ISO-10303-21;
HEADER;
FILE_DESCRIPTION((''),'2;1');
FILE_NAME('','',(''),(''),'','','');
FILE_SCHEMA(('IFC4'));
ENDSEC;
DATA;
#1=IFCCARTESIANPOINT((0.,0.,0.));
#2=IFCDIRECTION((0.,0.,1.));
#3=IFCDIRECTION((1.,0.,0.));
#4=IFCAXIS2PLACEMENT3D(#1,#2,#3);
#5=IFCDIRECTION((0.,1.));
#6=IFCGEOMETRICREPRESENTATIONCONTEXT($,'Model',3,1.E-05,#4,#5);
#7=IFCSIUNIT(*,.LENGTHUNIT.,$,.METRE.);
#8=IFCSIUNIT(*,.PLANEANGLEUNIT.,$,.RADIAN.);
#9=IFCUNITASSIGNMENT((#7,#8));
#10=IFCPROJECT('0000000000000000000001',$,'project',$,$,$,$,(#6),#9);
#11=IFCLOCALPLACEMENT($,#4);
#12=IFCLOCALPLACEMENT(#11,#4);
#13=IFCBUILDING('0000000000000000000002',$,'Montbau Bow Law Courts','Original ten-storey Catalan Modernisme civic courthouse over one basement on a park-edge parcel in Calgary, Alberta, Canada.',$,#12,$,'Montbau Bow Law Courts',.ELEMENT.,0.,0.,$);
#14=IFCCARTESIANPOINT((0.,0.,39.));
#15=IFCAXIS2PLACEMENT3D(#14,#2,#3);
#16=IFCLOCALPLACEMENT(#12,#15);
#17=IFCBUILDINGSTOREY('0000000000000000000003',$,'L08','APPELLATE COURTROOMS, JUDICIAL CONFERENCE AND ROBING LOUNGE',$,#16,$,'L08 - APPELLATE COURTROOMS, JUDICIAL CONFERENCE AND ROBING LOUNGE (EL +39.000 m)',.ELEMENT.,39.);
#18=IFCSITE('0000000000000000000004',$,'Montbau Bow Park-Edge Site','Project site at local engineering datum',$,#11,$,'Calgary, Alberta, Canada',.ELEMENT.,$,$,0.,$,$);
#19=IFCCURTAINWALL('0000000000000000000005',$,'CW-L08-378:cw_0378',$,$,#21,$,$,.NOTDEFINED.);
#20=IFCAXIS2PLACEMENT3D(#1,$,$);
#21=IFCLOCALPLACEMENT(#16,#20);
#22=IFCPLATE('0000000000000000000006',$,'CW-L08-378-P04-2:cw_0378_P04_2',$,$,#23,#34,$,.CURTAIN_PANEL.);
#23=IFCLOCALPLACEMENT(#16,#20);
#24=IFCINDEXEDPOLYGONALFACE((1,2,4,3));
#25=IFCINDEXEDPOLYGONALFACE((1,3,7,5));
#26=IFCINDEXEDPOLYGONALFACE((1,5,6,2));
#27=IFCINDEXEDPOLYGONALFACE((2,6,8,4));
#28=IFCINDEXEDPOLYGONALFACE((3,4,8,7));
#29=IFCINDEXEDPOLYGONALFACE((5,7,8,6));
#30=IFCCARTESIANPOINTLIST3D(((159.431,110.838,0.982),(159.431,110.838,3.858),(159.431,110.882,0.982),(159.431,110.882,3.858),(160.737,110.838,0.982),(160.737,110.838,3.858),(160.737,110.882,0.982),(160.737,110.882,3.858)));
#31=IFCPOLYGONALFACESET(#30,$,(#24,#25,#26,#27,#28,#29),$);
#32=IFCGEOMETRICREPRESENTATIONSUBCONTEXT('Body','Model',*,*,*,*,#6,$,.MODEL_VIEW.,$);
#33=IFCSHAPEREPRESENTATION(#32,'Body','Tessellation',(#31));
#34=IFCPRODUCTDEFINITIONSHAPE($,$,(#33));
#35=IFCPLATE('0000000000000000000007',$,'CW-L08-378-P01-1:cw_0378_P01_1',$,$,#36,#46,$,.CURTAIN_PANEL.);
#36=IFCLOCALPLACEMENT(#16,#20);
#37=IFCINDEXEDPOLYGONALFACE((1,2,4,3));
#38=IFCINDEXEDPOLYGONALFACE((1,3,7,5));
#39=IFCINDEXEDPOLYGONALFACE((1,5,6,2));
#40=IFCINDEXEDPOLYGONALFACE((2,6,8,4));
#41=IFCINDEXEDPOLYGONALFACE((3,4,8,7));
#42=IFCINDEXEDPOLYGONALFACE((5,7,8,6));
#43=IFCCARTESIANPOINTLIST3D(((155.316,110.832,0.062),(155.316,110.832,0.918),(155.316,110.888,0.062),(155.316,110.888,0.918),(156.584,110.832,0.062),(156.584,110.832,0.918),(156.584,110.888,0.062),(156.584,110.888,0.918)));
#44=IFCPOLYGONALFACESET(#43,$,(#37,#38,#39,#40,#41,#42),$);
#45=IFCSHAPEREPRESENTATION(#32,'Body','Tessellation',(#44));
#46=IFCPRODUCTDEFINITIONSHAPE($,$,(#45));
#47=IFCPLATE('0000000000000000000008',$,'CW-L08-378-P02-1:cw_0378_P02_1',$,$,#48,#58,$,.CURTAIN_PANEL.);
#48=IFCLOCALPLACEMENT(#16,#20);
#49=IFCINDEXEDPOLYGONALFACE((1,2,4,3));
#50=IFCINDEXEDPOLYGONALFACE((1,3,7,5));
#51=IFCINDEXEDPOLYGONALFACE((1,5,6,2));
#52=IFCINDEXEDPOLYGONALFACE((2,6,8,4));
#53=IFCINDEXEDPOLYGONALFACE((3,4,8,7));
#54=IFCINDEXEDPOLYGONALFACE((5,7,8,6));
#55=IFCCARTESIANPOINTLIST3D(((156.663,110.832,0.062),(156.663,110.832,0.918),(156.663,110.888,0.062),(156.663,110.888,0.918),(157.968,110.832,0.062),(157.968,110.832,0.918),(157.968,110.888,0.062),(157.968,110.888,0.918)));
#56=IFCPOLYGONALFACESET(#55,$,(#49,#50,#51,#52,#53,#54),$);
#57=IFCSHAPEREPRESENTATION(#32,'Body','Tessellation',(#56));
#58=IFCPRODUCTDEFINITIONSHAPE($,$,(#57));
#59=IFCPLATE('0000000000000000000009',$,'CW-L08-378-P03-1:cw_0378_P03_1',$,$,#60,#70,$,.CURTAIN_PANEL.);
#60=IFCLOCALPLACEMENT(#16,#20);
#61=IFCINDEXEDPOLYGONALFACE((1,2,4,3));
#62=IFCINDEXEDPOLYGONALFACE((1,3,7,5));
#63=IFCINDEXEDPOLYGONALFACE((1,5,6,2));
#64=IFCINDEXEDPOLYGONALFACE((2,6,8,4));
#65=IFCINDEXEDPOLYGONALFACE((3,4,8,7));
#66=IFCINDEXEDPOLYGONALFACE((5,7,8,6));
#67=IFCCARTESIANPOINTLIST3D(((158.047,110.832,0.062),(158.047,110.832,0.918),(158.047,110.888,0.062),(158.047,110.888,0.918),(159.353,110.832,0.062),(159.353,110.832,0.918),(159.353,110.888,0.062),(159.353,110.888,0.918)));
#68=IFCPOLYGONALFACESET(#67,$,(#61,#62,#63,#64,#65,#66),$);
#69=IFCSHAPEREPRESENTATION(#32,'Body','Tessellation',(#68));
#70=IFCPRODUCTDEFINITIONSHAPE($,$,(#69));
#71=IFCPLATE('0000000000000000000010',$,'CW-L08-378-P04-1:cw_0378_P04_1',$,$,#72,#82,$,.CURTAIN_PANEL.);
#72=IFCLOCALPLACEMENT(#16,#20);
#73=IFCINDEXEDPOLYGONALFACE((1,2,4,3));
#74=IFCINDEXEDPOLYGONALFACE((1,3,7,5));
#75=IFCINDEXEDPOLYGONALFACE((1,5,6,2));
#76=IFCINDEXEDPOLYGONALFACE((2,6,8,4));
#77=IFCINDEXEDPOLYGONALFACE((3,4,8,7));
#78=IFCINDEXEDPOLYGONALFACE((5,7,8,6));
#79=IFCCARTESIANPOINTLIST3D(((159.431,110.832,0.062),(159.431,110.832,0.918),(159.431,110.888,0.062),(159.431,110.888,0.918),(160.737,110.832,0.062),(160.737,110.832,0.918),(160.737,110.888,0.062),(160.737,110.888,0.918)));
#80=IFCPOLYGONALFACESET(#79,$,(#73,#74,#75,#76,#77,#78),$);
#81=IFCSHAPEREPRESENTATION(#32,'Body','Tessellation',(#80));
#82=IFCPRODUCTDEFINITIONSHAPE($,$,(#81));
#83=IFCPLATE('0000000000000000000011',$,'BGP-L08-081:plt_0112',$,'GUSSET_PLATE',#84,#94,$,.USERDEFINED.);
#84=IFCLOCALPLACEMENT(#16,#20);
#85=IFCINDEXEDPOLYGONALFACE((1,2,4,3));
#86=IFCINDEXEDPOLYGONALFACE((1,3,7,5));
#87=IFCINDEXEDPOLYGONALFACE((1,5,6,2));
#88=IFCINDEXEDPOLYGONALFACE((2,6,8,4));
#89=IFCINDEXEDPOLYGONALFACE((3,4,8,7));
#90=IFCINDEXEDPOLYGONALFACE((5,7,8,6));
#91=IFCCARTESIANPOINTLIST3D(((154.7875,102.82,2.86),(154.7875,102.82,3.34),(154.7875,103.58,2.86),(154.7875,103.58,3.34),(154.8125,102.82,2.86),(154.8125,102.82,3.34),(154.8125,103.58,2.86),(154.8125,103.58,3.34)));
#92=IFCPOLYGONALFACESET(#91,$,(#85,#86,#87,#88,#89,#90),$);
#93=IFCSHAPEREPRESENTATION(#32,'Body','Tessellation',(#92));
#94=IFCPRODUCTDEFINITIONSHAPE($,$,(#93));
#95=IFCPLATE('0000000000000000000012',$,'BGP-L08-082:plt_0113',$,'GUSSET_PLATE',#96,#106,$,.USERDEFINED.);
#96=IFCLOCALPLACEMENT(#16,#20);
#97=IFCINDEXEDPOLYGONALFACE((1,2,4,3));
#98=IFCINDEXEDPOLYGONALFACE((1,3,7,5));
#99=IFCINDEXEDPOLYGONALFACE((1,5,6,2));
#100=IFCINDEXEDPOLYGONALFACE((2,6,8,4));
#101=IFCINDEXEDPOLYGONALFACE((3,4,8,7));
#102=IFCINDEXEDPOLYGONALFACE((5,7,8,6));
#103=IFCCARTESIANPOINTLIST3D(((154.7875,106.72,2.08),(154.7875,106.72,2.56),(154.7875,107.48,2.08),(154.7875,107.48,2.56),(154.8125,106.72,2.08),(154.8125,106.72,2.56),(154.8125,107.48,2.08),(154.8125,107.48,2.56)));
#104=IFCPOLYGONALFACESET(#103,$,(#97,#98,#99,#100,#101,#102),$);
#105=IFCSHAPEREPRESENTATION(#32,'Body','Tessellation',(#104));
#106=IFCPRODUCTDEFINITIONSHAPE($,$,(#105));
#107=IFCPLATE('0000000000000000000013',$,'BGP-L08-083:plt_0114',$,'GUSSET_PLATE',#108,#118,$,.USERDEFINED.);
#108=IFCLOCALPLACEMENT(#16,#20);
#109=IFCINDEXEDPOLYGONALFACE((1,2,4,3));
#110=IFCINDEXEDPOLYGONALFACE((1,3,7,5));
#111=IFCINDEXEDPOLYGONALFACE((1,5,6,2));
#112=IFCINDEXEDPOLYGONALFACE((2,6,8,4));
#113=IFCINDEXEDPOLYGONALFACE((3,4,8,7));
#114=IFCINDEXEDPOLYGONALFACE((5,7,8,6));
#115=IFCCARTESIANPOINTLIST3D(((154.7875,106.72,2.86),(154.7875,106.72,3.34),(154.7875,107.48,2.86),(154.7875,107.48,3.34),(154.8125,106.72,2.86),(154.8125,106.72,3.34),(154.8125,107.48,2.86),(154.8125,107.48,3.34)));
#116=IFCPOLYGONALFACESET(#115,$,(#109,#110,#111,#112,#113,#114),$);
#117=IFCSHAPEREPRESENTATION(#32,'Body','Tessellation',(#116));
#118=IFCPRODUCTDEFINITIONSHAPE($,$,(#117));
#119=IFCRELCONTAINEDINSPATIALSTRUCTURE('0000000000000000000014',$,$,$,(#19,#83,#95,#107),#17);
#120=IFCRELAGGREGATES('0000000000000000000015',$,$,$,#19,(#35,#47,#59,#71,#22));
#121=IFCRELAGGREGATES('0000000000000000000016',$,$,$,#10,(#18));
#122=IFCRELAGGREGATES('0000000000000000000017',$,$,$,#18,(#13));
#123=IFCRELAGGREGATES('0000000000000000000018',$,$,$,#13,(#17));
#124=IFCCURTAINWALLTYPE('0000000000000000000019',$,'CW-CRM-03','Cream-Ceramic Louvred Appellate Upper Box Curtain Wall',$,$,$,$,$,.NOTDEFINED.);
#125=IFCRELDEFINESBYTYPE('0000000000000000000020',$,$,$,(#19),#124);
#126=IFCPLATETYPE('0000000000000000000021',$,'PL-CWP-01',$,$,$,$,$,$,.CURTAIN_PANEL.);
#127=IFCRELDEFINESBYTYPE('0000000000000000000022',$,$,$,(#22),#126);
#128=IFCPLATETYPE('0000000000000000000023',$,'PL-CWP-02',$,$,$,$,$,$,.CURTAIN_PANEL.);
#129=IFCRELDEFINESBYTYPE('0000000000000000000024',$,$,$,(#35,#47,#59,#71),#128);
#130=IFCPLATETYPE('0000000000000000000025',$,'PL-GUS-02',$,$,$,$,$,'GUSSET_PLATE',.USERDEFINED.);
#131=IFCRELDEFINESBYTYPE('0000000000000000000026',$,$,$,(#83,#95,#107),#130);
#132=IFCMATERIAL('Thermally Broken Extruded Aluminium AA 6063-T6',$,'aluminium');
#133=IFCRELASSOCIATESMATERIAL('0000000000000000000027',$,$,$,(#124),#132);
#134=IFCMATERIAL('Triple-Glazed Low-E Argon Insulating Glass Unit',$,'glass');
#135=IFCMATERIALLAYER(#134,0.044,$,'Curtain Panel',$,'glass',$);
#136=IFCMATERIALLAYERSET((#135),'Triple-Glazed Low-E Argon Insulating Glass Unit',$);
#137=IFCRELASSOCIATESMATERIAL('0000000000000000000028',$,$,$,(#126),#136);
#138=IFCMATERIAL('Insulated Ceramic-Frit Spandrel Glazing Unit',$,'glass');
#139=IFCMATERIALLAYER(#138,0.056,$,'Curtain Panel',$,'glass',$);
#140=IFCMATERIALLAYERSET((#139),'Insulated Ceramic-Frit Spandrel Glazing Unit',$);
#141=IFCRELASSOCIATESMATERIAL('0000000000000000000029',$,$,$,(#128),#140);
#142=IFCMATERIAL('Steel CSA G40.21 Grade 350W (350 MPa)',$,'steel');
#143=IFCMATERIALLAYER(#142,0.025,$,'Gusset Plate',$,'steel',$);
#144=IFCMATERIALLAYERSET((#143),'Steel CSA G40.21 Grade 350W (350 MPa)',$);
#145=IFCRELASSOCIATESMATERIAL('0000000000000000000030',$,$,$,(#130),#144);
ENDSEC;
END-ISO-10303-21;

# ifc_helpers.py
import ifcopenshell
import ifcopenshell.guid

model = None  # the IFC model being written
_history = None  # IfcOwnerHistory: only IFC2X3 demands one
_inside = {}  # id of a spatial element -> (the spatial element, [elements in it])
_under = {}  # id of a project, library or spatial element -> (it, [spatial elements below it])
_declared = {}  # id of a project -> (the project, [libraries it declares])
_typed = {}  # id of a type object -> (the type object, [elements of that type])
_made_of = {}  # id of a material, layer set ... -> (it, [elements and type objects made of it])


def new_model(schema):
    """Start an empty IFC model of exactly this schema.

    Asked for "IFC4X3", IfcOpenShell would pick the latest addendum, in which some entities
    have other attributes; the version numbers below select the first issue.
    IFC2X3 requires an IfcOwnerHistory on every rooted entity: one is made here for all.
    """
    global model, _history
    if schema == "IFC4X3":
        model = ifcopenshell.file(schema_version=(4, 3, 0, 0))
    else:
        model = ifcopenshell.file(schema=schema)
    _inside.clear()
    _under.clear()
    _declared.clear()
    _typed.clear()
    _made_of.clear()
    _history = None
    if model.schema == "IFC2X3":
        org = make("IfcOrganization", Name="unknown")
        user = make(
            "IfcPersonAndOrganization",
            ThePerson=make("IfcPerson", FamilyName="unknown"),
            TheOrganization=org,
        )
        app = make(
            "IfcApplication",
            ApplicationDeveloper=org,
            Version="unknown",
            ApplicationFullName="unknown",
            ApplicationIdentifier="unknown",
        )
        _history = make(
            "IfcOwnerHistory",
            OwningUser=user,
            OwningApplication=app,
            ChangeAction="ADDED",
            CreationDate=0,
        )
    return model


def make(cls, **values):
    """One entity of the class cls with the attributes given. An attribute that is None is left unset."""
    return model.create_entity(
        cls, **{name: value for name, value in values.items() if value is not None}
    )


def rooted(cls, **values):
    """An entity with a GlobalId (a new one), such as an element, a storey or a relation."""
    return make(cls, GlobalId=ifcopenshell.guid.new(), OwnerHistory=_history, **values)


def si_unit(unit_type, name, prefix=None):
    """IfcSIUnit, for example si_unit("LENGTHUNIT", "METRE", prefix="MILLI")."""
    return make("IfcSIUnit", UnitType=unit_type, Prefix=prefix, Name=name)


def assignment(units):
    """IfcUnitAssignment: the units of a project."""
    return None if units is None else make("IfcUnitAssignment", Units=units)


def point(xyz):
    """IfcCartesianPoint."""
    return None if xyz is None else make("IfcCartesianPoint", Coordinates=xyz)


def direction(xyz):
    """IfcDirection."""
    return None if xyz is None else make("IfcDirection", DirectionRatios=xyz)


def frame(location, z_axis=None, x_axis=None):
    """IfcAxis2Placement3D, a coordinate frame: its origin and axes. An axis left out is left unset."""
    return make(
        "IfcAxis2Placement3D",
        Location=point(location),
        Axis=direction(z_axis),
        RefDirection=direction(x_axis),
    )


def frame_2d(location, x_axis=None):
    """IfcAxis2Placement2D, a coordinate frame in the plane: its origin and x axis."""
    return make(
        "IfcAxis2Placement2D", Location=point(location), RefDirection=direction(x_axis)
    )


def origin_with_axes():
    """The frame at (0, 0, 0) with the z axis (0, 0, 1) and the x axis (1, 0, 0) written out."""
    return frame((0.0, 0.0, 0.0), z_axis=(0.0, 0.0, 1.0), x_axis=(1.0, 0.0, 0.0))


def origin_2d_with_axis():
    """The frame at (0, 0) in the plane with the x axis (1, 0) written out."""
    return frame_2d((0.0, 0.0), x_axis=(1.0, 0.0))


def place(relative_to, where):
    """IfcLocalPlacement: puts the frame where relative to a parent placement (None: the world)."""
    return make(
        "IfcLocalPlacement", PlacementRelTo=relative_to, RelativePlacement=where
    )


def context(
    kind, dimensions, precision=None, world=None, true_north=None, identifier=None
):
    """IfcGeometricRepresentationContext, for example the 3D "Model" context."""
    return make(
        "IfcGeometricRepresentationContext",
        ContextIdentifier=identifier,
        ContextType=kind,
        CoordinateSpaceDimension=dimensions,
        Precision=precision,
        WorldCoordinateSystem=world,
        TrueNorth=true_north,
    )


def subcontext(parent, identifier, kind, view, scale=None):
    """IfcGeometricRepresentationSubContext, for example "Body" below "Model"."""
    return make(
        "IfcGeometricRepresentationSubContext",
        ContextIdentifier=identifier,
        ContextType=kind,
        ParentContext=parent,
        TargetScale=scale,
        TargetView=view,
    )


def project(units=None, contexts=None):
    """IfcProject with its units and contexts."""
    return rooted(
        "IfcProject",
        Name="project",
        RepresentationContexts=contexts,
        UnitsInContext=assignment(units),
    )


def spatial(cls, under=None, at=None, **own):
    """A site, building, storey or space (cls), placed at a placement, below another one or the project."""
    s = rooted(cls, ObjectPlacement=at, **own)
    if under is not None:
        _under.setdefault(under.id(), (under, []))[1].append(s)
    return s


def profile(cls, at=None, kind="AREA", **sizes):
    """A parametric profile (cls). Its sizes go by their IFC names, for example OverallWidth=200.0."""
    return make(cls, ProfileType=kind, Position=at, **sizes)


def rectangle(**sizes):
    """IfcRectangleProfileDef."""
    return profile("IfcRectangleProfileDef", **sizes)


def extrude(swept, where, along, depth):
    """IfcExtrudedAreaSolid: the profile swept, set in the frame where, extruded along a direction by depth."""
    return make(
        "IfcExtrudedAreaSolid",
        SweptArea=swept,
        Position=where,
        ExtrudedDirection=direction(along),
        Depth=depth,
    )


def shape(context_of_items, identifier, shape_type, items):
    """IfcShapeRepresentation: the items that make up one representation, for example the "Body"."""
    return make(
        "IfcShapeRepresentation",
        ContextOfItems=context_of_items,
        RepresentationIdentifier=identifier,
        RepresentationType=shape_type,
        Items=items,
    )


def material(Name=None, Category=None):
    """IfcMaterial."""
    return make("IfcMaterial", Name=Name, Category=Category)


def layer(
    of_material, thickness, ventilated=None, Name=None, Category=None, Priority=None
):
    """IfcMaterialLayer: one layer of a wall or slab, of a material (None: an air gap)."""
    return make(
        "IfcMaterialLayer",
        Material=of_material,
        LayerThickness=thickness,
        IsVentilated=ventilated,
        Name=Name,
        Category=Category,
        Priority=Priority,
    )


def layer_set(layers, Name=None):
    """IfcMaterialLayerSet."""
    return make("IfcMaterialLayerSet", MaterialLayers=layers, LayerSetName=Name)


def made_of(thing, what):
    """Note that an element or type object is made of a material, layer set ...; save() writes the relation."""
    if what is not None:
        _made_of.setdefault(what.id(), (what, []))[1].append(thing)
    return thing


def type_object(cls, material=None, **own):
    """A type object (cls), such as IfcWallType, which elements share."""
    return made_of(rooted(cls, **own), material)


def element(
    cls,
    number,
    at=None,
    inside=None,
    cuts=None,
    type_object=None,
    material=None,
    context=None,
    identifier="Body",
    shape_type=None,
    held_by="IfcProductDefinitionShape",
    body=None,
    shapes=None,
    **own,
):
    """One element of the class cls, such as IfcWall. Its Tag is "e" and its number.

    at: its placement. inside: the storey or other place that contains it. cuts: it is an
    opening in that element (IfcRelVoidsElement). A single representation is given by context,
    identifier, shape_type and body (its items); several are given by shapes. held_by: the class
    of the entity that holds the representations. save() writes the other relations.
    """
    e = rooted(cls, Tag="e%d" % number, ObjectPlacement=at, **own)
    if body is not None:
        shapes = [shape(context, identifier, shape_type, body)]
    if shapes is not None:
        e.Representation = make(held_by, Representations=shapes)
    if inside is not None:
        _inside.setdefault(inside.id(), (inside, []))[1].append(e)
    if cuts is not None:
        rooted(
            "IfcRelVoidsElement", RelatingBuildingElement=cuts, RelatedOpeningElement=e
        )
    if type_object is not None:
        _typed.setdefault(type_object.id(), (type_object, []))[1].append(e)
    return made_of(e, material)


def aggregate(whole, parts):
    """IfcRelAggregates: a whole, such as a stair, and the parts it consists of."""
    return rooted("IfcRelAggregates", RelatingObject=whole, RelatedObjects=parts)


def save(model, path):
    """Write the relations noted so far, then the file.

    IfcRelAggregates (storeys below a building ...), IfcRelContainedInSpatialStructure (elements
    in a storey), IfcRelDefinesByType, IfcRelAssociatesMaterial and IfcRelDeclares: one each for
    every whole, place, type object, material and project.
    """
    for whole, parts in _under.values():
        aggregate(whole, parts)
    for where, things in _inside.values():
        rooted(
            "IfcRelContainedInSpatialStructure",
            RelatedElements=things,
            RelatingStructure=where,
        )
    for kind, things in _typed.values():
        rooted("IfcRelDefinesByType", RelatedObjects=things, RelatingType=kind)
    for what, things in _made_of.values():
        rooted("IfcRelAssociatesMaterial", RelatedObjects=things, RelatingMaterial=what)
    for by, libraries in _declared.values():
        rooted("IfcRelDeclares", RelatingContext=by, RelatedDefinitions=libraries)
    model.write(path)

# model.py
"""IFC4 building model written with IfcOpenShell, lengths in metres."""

from ifc_helpers import new_model, si_unit, direction, frame, frame_2d, origin_with_axes, origin_2d_with_axis, place, context, subcontext, project, spatial, rectangle, extrude, material, layer, layer_set, type_object, element, aggregate, save


model = new_model("IFC4")

# Units and contexts
model_context = context("Model", 3, precision=1e-05, world=origin_with_axes(), true_north=direction((0.0, 1.0)))
body_context = subcontext(model_context, "Body", "Model", "MODEL_VIEW")
ifc_project = project(units=[si_unit("LENGTHUNIT", "METRE"), si_unit("PLANEANGLEUNIT", "RADIAN")], contexts=[model_context])

# Site, building, storey
site_placement = place(None, origin_with_axes())
site = spatial("IfcSite", under=ifc_project, at=site_placement, Name="Montbau Bow Park-Edge Site", Description="Project site at local engineering datum", LongName="Calgary, Alberta, Canada", CompositionType="ELEMENT", RefElevation=0.0)
building_placement = place(site_placement, origin_with_axes())
building = spatial("IfcBuilding", under=site, at=building_placement, Name="Montbau Bow Law Courts", Description="Original ten-storey Catalan Modernisme civic courthouse over one basement on a park-edge parcel in Calgary, Alberta, Canada.", LongName="Montbau Bow Law Courts", CompositionType="ELEMENT", ElevationOfRefHeight=0.0, ElevationOfTerrain=0.0)
storey_placement = place(building_placement, frame((0.0, 0.0, 39.0), z_axis=(0.0, 0.0, 1.0), x_axis=(1.0, 0.0, 0.0)))
storey = spatial("IfcBuildingStorey", under=building, at=storey_placement, Name="L08", Description="APPELLATE COURTROOMS, JUDICIAL CONFERENCE AND ROBING LOUNGE", LongName="L08 - APPELLATE COURTROOMS, JUDICIAL CONFERENCE AND ROBING LOUNGE (EL +39.000 m)", CompositionType="ELEMENT", Elevation=39.0)

# Shared definitions
ifc_material_1 = material(Name="Steel CSA G40.21 Grade 350W (350 MPa)", Category="steel")

# Curtain wall
ifc_material_2 = material(Name="Thermally Broken Extruded Aluminium AA 6063-T6", Category="aluminium")
curtain_wall_type = type_object("IfcCurtainWallType", Name="CW-CRM-03", Description="Cream-Ceramic Louvred Appellate Upper Box Curtain Wall", PredefinedType="NOTDEFINED", material=ifc_material_2)
curtain_wall_1_placement = place(None, frame((155.24, 110.86, 39.0), z_axis=(0.0, 0.0, 1.0), x_axis=(1.0, 0.0, 0.0)))
curtain_wall_1 = element("IfcCurtainWall", 1, at=curtain_wall_1_placement, inside=storey, type_object=curtain_wall_type, Name="CW-L08-378:cw_0378", PredefinedType="NOTDEFINED")

# Plates
ifc_material_3 = material(Name="Triple-Glazed Low-E Argon Insulating Glass Unit", Category="glass")
ifc_layer_1 = layer(ifc_material_3, 0.044, Name="Curtain Panel", Category="glass")
ifc_layer_set_1 = layer_set([ifc_layer_1], Name="Triple-Glazed Low-E Argon Insulating Glass Unit")
plate_type_1 = type_object("IfcPlateType", Name="PL-CWP-01", PredefinedType="CURTAIN_PANEL", material=ifc_layer_set_1)
plate_1_placement = place(None, frame((159.431, 110.86, 39.982), z_axis=(0.0, -1.0, 0.0), x_axis=(1.0, 0.0, 0.0)))
plate_1 = element("IfcPlate", 2, at=plate_1_placement, type_object=plate_type_1, Name="CW-L08-378-P04-2:cw_0378_P04_2", PredefinedType="CURTAIN_PANEL", context=body_context, shape_type="SweptSolid", body=[
    extrude(rectangle(XDim=1.306, YDim=2.876, at=frame_2d((0.653, 1.438), x_axis=(1.0, 0.0))), frame((0.0, 0.0, -0.022), z_axis=(0.0, 0.0, 1.0), x_axis=(1.0, 0.0, 0.0)), (0.0, 0.0, 1.0), 0.044),
])
ifc_material_4 = material(Name="Insulated Ceramic-Frit Spandrel Glazing Unit", Category="glass")
ifc_layer_2 = layer(ifc_material_4, 0.056, Name="Curtain Panel", Category="glass")
ifc_layer_set_2 = layer_set([ifc_layer_2], Name="Insulated Ceramic-Frit Spandrel Glazing Unit")
plate_type_2 = type_object("IfcPlateType", Name="PL-CWP-02", PredefinedType="CURTAIN_PANEL", material=ifc_layer_set_2)
plate_2_placement = place(None, frame((155.316, 110.86, 39.062), z_axis=(0.0, -1.0, 0.0), x_axis=(1.0, 0.0, 0.0)))
plate_2 = element("IfcPlate", 3, at=plate_2_placement, type_object=plate_type_2, Name="CW-L08-378-P01-1:cw_0378_P01_1", PredefinedType="CURTAIN_PANEL", context=body_context, shape_type="SweptSolid", body=[
    extrude(rectangle(XDim=1.268, YDim=0.856, at=frame_2d((0.634, 0.428), x_axis=(1.0, 0.0))), frame((0.0, 0.0, -0.028), z_axis=(0.0, 0.0, 1.0), x_axis=(1.0, 0.0, 0.0)), (0.0, 0.0, 1.0), 0.056),
])
plate_3_placement = place(None, frame((156.663, 110.86, 39.062), z_axis=(0.0, -1.0, 0.0), x_axis=(1.0, 0.0, 0.0)))
plate_3 = element("IfcPlate", 4, at=plate_3_placement, type_object=plate_type_2, Name="CW-L08-378-P02-1:cw_0378_P02_1", PredefinedType="CURTAIN_PANEL", context=body_context, shape_type="SweptSolid", body=[
    extrude(rectangle(XDim=1.305, YDim=0.856, at=frame_2d((0.6525, 0.428), x_axis=(1.0, 0.0))), frame((0.0, 0.0, -0.028), z_axis=(0.0, 0.0, 1.0), x_axis=(1.0, 0.0, 0.0)), (0.0, 0.0, 1.0), 0.056),
])
plate_4_placement = place(None, frame((158.047, 110.86, 39.062), z_axis=(0.0, -1.0, 0.0), x_axis=(1.0, 0.0, 0.0)))
plate_4 = element("IfcPlate", 5, at=plate_4_placement, type_object=plate_type_2, Name="CW-L08-378-P03-1:cw_0378_P03_1", PredefinedType="CURTAIN_PANEL", context=body_context, shape_type="SweptSolid", body=[
    extrude(rectangle(XDim=1.306, YDim=0.856, at=frame_2d((0.653, 0.428), x_axis=(1.0, 0.0))), frame((0.0, 0.0, -0.028), z_axis=(0.0, 0.0, 1.0), x_axis=(1.0, 0.0, 0.0)), (0.0, 0.0, 1.0), 0.056),
])
plate_5_placement = place(None, frame((159.431, 110.86, 39.062), z_axis=(0.0, -1.0, 0.0), x_axis=(1.0, 0.0, 0.0)))
plate_5 = element("IfcPlate", 6, at=plate_5_placement, type_object=plate_type_2, Name="CW-L08-378-P04-1:cw_0378_P04_1", PredefinedType="CURTAIN_PANEL", context=body_context, shape_type="SweptSolid", body=[
    extrude(rectangle(XDim=1.306, YDim=0.856, at=frame_2d((0.653, 0.428), x_axis=(1.0, 0.0))), frame((0.0, 0.0, -0.028), z_axis=(0.0, 0.0, 1.0), x_axis=(1.0, 0.0, 0.0)), (0.0, 0.0, 1.0), 0.056),
])
aggregate(curtain_wall_1, [plate_2, plate_3, plate_4, plate_5, plate_1])

# Plates
ifc_layer_3 = layer(ifc_material_1, 0.025, Name="Gusset Plate", Category="steel")
ifc_layer_set_3 = layer_set([ifc_layer_3], Name="Steel CSA G40.21 Grade 350W (350 MPa)")
plate_type_3 = type_object("IfcPlateType", Name="PL-GUS-02", ElementType="GUSSET_PLATE", PredefinedType="USERDEFINED", material=ifc_layer_set_3)
for number, where, z_axis, x_axis, name in (
    (7, (154.8, 103.2, 41.86), (0.0, 0.0, 1.0), (0.0, 1.0, 0.0), "BGP-L08-081:plt_0112"),
    (8, (154.8, 107.1, 41.08), (0.0, 0.0, 1.0), (0.0, 1.0, 0.0), "BGP-L08-082:plt_0113"),
    (9, (154.8, 107.1, 41.86), (0.0, 0.0, 1.0), (0.0, 1.0, 0.0), "BGP-L08-083:plt_0114"),
):
    element("IfcPlate", number, at=place(None, frame(where, z_axis=z_axis, x_axis=x_axis)), inside=storey, type_object=plate_type_3, Name=name, ObjectType="GUSSET_PLATE", PredefinedType="USERDEFINED", context=body_context, shape_type="SweptSolid", body=[
        extrude(rectangle(XDim=0.76, YDim=0.025, at=origin_2d_with_axis()), origin_with_axes(), (0.0, 0.0, 1.0), 0.48),
    ])

save(model, "model.ifc")
